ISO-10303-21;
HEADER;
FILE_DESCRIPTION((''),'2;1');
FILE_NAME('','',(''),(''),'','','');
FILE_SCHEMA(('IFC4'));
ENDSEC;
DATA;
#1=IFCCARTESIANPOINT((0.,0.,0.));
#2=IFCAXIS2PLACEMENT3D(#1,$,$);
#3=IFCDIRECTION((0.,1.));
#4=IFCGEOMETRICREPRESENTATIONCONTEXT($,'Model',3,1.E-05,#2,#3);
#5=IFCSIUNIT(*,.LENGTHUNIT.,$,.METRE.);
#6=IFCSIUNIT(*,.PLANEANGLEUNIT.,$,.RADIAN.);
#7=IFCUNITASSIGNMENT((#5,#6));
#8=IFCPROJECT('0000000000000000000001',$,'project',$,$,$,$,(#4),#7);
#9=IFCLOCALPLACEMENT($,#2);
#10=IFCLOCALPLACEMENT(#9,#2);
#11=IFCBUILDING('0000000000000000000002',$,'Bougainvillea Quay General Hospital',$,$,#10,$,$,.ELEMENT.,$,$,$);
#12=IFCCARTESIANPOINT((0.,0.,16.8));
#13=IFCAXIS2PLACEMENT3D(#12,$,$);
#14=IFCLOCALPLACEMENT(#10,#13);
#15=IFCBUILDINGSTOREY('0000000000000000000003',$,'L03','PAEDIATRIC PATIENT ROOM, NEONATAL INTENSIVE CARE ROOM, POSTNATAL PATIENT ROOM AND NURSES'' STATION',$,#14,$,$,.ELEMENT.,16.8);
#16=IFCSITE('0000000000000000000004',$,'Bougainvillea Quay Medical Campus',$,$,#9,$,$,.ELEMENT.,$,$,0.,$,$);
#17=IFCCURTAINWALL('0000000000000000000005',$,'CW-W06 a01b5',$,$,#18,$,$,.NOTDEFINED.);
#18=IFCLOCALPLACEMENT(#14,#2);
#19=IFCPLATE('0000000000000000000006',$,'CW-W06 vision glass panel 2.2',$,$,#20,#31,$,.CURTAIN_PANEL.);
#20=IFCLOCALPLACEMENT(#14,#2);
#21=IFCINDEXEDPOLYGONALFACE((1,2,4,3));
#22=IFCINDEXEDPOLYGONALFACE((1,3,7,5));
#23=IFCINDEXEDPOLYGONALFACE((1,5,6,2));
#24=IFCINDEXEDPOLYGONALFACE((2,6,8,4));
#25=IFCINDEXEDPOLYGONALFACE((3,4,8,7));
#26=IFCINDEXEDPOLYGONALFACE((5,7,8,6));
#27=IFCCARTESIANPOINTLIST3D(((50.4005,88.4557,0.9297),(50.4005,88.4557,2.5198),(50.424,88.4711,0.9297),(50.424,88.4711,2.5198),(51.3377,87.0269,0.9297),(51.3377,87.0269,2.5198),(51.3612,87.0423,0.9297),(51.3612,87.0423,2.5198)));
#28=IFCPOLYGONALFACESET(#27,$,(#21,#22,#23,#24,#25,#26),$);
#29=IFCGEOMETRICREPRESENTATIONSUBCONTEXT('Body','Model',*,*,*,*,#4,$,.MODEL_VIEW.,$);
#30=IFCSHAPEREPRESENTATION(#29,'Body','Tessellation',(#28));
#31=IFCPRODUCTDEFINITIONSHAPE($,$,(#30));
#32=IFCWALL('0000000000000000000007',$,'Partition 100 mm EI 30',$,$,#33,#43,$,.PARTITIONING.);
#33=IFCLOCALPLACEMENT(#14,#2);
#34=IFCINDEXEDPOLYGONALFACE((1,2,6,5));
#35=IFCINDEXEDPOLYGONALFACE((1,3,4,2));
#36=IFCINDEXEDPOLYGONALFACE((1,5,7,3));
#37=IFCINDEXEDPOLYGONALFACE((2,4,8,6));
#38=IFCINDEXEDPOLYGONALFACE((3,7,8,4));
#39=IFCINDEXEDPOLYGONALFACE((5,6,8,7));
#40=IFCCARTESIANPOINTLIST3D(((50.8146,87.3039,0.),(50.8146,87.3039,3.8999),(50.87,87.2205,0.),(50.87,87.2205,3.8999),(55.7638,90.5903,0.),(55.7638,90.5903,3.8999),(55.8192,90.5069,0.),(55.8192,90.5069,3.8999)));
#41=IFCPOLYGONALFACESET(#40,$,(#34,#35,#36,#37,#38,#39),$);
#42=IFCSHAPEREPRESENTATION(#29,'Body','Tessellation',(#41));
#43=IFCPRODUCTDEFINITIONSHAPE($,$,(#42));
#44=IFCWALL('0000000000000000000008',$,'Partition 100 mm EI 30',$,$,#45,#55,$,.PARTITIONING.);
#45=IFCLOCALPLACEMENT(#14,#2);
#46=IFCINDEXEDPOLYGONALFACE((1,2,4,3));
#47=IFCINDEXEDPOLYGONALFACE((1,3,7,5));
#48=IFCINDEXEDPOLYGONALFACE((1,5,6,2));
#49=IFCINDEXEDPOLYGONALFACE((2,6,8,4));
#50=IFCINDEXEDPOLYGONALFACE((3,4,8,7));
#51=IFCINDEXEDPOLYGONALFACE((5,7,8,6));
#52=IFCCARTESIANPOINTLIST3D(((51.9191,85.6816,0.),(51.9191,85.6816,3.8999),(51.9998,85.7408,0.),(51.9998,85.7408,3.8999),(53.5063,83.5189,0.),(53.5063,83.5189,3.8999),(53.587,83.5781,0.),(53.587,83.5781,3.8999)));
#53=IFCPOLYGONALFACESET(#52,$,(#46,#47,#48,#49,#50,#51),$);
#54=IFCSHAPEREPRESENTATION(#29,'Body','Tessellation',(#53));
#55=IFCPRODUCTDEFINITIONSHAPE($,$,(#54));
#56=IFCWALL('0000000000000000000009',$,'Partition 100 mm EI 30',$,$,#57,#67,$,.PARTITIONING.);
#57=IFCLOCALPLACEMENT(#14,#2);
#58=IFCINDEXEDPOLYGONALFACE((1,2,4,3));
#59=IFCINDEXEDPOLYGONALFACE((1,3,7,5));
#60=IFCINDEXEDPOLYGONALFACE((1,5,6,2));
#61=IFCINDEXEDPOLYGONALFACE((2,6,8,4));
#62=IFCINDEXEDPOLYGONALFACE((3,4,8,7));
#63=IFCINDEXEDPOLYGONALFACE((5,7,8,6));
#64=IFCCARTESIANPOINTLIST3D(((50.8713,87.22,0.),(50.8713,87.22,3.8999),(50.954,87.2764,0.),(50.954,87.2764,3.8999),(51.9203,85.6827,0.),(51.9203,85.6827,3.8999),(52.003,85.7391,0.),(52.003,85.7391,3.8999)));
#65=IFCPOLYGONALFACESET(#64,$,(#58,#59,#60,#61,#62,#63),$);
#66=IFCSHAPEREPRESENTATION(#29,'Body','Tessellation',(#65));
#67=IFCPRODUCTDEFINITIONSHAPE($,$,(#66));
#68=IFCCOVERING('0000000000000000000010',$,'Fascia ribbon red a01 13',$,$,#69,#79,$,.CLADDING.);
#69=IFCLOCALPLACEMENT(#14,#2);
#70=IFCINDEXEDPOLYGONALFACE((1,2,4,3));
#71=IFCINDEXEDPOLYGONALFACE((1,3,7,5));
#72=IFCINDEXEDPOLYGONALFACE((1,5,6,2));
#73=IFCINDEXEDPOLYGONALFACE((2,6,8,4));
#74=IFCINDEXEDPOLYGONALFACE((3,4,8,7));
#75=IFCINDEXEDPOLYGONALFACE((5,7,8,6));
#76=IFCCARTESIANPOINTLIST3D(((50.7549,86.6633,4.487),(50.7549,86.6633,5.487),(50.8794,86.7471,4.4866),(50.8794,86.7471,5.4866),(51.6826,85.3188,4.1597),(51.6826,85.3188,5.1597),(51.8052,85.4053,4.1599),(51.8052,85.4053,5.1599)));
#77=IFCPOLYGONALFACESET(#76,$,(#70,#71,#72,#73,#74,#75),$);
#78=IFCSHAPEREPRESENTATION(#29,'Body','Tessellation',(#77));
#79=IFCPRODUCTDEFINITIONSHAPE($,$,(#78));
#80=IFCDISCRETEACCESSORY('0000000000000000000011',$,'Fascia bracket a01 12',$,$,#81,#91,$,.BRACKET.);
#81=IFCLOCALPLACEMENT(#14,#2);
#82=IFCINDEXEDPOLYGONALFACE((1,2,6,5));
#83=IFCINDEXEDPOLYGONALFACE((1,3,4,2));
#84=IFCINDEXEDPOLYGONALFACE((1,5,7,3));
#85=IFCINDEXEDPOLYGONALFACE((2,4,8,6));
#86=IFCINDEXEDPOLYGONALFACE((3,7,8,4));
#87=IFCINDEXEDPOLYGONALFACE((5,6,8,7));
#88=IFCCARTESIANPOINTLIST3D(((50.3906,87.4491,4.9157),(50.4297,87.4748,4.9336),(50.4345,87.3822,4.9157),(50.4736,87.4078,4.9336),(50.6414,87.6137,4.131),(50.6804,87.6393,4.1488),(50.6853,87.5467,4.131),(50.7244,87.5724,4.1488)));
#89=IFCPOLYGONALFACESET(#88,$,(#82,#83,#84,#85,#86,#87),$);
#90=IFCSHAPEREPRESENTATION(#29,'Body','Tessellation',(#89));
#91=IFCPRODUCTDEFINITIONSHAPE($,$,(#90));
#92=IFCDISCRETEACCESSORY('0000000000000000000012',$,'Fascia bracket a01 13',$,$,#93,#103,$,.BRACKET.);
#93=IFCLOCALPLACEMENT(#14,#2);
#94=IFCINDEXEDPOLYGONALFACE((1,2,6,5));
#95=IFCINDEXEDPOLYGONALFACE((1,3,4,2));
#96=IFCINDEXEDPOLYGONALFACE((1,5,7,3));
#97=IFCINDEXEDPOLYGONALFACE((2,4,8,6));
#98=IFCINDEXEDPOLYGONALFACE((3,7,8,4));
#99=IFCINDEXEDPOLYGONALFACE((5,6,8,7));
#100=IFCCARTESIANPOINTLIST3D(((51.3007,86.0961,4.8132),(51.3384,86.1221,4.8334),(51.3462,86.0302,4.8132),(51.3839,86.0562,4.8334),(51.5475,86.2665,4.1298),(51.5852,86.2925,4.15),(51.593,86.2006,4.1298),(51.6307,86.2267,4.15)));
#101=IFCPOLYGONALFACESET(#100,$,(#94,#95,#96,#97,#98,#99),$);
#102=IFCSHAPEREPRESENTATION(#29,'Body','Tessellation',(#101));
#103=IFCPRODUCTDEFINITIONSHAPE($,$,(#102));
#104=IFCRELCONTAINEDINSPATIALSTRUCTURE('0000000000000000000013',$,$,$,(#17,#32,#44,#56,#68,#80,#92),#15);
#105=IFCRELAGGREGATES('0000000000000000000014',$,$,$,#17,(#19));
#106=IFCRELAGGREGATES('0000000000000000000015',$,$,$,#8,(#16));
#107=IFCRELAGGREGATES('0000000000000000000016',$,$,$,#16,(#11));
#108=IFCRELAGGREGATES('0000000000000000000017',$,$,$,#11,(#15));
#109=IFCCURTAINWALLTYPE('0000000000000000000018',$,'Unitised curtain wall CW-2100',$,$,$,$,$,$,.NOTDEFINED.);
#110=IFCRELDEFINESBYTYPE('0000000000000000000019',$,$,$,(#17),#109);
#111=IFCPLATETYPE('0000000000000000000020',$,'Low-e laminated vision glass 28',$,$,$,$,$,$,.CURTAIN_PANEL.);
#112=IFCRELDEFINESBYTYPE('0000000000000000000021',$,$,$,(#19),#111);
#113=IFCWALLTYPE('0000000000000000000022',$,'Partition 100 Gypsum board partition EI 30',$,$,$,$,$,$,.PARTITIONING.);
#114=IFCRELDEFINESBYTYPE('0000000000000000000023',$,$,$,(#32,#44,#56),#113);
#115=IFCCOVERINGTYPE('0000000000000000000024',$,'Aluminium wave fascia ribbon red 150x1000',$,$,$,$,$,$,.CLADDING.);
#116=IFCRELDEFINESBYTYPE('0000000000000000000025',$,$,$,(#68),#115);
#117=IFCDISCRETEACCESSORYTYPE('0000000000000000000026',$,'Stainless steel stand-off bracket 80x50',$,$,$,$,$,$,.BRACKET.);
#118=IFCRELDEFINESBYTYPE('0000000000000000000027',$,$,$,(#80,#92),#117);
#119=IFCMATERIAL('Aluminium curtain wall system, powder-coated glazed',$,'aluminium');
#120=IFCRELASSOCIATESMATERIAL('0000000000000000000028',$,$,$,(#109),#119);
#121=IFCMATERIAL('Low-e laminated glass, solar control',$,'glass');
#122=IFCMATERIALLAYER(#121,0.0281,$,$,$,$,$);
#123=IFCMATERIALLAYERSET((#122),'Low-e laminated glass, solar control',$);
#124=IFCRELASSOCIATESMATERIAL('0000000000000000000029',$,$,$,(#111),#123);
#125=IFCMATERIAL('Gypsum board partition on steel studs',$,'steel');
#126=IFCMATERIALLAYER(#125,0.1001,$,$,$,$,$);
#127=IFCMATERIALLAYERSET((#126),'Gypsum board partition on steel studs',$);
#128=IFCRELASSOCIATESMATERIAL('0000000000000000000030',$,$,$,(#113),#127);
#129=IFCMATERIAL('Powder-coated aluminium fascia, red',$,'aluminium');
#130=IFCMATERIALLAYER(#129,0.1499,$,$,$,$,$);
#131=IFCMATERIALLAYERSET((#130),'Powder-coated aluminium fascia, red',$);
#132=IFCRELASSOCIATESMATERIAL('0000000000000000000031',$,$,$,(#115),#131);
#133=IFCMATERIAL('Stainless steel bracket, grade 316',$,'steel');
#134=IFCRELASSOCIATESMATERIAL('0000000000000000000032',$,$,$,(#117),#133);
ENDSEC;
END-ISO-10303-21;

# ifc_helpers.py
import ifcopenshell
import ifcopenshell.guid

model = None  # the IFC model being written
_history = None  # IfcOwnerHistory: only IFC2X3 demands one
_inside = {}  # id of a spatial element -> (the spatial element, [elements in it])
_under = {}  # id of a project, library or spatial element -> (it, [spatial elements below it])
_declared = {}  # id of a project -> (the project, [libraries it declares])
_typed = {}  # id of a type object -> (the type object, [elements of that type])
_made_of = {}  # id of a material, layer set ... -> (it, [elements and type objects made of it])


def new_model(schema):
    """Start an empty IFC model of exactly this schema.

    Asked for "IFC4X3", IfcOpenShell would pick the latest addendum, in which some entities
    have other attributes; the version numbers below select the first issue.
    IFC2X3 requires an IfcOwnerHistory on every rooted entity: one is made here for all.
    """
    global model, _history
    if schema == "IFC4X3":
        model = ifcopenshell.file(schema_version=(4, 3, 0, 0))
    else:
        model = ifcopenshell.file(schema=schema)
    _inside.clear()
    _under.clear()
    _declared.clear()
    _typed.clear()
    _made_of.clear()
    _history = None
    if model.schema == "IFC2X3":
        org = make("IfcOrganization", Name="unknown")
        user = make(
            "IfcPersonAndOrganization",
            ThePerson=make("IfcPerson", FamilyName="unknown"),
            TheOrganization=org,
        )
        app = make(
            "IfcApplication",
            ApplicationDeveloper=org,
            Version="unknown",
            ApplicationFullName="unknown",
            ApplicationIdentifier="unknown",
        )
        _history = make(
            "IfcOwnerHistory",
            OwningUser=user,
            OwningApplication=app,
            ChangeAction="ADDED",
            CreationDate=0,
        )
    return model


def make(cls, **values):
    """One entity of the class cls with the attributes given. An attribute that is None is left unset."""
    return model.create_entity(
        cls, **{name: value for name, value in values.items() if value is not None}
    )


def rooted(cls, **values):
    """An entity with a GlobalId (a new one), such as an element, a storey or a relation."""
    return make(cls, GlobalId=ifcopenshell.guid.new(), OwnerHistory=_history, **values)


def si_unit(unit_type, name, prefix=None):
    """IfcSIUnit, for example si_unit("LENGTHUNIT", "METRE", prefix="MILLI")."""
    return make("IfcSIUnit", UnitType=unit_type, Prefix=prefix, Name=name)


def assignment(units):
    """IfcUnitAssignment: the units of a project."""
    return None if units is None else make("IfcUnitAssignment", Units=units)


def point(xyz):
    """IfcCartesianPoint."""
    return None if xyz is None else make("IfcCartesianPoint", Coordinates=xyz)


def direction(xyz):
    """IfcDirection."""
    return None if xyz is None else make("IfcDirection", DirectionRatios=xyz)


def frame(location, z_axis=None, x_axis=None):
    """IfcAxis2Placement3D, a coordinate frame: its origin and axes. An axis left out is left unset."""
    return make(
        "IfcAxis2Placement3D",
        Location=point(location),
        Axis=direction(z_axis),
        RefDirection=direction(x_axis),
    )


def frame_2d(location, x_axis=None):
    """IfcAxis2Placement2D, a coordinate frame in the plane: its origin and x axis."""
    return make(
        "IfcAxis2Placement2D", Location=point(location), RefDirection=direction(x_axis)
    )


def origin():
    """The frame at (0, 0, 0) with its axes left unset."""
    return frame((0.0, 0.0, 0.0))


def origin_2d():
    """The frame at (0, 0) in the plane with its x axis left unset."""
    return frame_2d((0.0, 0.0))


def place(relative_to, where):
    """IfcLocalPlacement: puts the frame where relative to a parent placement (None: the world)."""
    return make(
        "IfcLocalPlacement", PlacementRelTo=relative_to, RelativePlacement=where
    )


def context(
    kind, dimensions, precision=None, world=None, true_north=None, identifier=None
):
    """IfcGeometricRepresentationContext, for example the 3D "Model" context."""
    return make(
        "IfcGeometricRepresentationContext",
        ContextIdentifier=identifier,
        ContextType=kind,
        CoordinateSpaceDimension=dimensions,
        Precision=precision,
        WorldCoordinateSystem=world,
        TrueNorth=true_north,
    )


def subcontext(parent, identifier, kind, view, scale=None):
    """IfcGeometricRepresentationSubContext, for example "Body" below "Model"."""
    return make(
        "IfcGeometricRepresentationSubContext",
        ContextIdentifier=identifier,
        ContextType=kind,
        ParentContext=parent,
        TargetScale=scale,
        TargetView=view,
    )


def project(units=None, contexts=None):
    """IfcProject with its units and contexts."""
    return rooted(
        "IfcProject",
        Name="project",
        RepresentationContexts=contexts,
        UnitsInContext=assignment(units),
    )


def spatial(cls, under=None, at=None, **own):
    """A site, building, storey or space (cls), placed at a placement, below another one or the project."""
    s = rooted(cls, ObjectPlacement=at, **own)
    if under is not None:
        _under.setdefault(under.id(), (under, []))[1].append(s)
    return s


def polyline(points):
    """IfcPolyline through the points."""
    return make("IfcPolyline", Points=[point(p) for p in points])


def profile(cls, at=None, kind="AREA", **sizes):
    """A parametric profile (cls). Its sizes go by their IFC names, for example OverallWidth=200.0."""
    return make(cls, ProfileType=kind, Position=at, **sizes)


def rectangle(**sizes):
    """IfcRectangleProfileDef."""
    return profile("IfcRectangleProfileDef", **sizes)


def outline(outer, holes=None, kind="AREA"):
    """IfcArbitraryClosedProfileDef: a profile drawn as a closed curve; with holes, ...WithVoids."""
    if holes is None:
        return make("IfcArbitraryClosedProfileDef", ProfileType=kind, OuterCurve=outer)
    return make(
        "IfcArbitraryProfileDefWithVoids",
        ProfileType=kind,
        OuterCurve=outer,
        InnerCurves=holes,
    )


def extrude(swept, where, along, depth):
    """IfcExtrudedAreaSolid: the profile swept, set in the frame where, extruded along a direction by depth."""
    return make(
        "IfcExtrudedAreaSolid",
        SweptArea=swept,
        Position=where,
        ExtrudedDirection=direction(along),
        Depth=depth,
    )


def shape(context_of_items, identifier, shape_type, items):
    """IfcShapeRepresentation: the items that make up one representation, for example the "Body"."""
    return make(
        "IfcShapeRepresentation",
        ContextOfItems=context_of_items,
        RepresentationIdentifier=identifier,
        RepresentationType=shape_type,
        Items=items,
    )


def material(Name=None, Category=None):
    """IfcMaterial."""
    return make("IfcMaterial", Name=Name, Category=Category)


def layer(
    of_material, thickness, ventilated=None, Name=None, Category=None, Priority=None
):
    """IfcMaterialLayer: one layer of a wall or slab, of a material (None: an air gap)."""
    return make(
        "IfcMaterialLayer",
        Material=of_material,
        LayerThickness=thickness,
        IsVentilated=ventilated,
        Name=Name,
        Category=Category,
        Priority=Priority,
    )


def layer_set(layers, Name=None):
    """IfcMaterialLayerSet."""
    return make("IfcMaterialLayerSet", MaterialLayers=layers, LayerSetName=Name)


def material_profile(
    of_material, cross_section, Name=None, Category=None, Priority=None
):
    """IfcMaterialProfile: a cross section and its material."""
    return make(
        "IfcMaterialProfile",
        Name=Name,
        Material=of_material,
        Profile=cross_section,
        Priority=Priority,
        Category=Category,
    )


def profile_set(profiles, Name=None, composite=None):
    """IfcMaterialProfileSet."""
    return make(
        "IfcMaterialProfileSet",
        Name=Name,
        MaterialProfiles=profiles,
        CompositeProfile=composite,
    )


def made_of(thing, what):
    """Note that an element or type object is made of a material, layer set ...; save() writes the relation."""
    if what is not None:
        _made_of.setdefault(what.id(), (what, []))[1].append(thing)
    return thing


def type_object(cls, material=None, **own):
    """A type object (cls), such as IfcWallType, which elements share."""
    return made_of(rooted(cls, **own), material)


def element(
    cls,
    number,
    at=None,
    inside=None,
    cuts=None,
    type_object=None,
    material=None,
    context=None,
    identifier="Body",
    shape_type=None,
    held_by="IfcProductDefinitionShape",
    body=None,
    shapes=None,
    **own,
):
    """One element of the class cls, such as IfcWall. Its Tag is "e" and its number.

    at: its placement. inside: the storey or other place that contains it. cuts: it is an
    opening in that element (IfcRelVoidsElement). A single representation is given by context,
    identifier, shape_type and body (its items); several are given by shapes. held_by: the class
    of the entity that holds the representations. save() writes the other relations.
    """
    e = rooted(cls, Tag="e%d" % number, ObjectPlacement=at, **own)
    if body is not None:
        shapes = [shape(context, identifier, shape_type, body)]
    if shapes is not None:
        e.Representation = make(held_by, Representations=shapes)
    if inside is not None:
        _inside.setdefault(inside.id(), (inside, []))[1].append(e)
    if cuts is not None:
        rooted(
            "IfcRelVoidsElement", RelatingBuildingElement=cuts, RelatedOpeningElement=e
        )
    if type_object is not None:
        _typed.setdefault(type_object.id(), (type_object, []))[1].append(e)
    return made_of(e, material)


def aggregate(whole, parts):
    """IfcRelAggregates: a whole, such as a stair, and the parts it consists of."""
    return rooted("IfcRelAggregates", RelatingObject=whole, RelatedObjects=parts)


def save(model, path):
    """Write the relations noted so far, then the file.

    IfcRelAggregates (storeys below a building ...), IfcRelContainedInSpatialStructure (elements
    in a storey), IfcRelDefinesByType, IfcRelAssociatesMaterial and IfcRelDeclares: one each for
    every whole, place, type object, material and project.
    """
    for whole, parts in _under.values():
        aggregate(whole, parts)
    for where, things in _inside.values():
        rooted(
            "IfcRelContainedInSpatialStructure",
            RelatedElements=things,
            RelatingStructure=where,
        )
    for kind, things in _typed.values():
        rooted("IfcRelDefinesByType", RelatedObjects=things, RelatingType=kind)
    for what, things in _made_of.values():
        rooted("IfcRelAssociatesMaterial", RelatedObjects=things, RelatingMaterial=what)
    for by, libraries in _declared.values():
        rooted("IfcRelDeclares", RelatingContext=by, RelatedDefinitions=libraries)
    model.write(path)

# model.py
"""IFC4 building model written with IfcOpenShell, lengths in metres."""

from ifc_helpers import new_model, si_unit, direction, frame, frame_2d, origin, origin_2d, place, context, subcontext, project, spatial, polyline, rectangle, outline, extrude, material, layer, layer_set, material_profile, profile_set, type_object, element, aggregate, save


model = new_model("IFC4")

# Units and contexts
model_context = context("Model", 3, precision=1e-05, world=origin(), true_north=direction((0.0, 1.0)))
body_context = subcontext(model_context, "Body", "Model", "MODEL_VIEW")
ifc_project = project(units=[si_unit("LENGTHUNIT", "METRE"), si_unit("PLANEANGLEUNIT", "RADIAN")], contexts=[model_context])

# Site, building, storey
site_placement = place(None, origin())
site = spatial("IfcSite", under=ifc_project, at=site_placement, Name="Bougainvillea Quay Medical Campus", CompositionType="ELEMENT", RefElevation=0.0)
building_placement = place(site_placement, origin())
building = spatial("IfcBuilding", under=site, at=building_placement, Name="Bougainvillea Quay General Hospital", CompositionType="ELEMENT")
storey_placement = place(building_placement, frame((0.0, 0.0, 16.8)))
storey = spatial("IfcBuildingStorey", under=building, at=storey_placement, Name="L03", Description="PAEDIATRIC PATIENT ROOM, NEONATAL INTENSIVE CARE ROOM, POSTNATAL PATIENT ROOM AND NURSES' STATION", CompositionType="ELEMENT", Elevation=16.8)

# Curtain wall, plate
ifc_material_1 = material(Name="Aluminium curtain wall system, powder-coated glazed", Category="aluminium")
curtain_wall_type = type_object("IfcCurtainWallType", Name="Unitised curtain wall CW-2100", PredefinedType="NOTDEFINED", material=ifc_material_1)
curtain_wall_placement = place(storey_placement, origin())
curtain_wall = element("IfcCurtainWall", 1, at=curtain_wall_placement, inside=storey, type_object=curtain_wall_type, Name="CW-W06 a01b5", PredefinedType="NOTDEFINED")
ifc_material_2 = material(Name="Low-e laminated glass, solar control", Category="glass")
ifc_layer_1 = layer(ifc_material_2, 0.0281)
ifc_layer_set_1 = layer_set([ifc_layer_1], Name="Low-e laminated glass, solar control")
plate_type_1 = type_object("IfcPlateType", Name="Low-e laminated vision glass 28", PredefinedType="CURTAIN_PANEL", material=ifc_layer_set_1)
plate_1_placement = place(storey_placement, frame((50.8809, 87.749, 0.9297), z_axis=(0.0, 0.0, 1.0), x_axis=(-0.548446, 0.836186, 0.0)))
plate_1 = element("IfcPlate", 2, at=plate_1_placement, type_object=plate_type_1, Name="CW-W06 vision glass panel 2.2", PredefinedType="CURTAIN_PANEL", context=body_context, shape_type="SweptSolid", body=[
    extrude(rectangle(XDim=1.7087, YDim=0.0281, at=origin_2d()), origin(), (0.0, 0.0, 1.0), 1.5901),
])
aggregate(curtain_wall, [plate_1])

# Walls
ifc_material_3 = material(Name="Gypsum board partition on steel studs", Category="steel")
ifc_layer_2 = layer(ifc_material_3, 0.1001)
ifc_layer_set_2 = layer_set([ifc_layer_2], Name="Gypsum board partition on steel studs")
wall_type = type_object("IfcWallType", Name="Partition 100 Gypsum board partition EI 30", PredefinedType="PARTITIONING", material=ifc_layer_set_2)
wall_1_placement = place(storey_placement, frame((50.8423, 87.2622, 0.0), z_axis=(0.0, 0.0, 1.0), x_axis=(0.833067, 0.553172, 0.0)))
element("IfcWall", 3, at=wall_1_placement, inside=storey, type_object=wall_type, Name="Partition 100 mm EI 30", PredefinedType="PARTITIONING", context=body_context, shape_type="SweptSolid", body=[
    extrude(rectangle(XDim=5.9409, YDim=0.1001, at=frame_2d((2.9705, 0.0))), origin(), (0.0, 0.0, 1.0), 3.8999),
])
wall_2_placement = place(storey_placement, frame((51.9595, 85.7112, 0.0), z_axis=(0.0, 0.0, 1.0), x_axis=(0.591667, -0.806182, 0.0)))
element("IfcWall", 4, at=wall_2_placement, inside=storey, type_object=wall_type, Name="Partition 100 mm EI 30", PredefinedType="PARTITIONING", context=body_context, shape_type="SweptSolid", body=[
    extrude(rectangle(XDim=2.6826, YDim=0.1001, at=frame_2d((1.3413, 0.0))), origin(), (0.0, 0.0, 1.0), 3.8999),
])
wall_3_placement = place(storey_placement, frame((50.9126, 87.2483, 0.0), z_axis=(0.0, 0.0, 1.0), x_axis=(0.563658, -0.826008, 0.0)))
element("IfcWall", 5, at=wall_3_placement, inside=storey, type_object=wall_type, Name="Partition 100 mm EI 30", PredefinedType="PARTITIONING", context=body_context, shape_type="SweptSolid", body=[
    extrude(rectangle(XDim=1.8611, YDim=0.1001, at=frame_2d((0.9307, 0.0))), origin(), (0.0, 0.0, 1.0), 3.8999),
])

# Covering
ifc_material_4 = material(Name="Powder-coated aluminium fascia, red", Category="aluminium")
ifc_layer_3 = layer(ifc_material_4, 0.1499)
ifc_layer_set_3 = layer_set([ifc_layer_3], Name="Powder-coated aluminium fascia, red")
covering_type = type_object("IfcCoveringType", Name="Aluminium wave fascia ribbon red 150x1000", PredefinedType="CLADDING", material=ifc_layer_set_3)
covering_placement = place(storey_placement, frame((50.8794, 86.7471, 4.4866), z_axis=(0.112113, -0.161375, 0.980504), x_axis=(0.556829, -0.80705, -0.196496)))
element("IfcCovering", 6, at=covering_placement, inside=storey, type_object=covering_type, Name="Fascia ribbon red a01 13", PredefinedType="CLADDING", context=body_context, shape_type="SweptSolid", body=[
    extrude(outline(polyline([(0.0, 0.0), (1.6626, 0.0), (1.6641, -0.15), (-0.0018, -0.15), (0.0, 0.0)])), origin(), (-0.196496, -0.000623, 0.980504), 1.0),
])

# Discrete accessories
ifc_material_5 = material(Name="Stainless steel bracket, grade 316", Category="steel")
ifc_material_profile_1 = material_profile(ifc_material_5, rectangle(XDim=0.0801, YDim=0.05, at=origin_2d()))
ifc_profile_set_1 = profile_set([ifc_material_profile_1], Name="Stainless steel bracket, grade 316")
discrete_accessory_type = type_object("IfcDiscreteAccessoryType", Name="Stainless steel stand-off bracket 80x50", PredefinedType="BRACKET", material=ifc_profile_set_1)
discrete_accessory_1_placement = place(storey_placement, frame((50.6829, 87.593, 4.1399), z_axis=(-0.298481, -0.195887, 0.934097), x_axis=(0.548674, -0.836036, 0.0)))
element("IfcDiscreteAccessory", 7, at=discrete_accessory_1_placement, inside=storey, type_object=discrete_accessory_type, Name="Fascia bracket a01 12", PredefinedType="BRACKET", context=body_context, shape_type="SweptSolid", body=[
    extrude(rectangle(XDim=0.0801, YDim=0.05, at=origin_2d()), origin(), (0.0, 0.0, 1.0), 0.8401),
])
discrete_accessory_2_placement = place(storey_placement, frame((51.5891, 86.2466, 4.1399), z_axis=(-0.330743, -0.228347, 0.915678), x_axis=(0.568151, -0.822924, 0.0)))
element("IfcDiscreteAccessory", 8, at=discrete_accessory_2_placement, inside=storey, type_object=discrete_accessory_type, Name="Fascia bracket a01 13", PredefinedType="BRACKET", context=body_context, shape_type="SweptSolid", body=[
    extrude(rectangle(XDim=0.0801, YDim=0.05, at=origin_2d()), origin(), (0.0, 0.0, 1.0), 0.7463),
])

save(model, "model.ifc")
